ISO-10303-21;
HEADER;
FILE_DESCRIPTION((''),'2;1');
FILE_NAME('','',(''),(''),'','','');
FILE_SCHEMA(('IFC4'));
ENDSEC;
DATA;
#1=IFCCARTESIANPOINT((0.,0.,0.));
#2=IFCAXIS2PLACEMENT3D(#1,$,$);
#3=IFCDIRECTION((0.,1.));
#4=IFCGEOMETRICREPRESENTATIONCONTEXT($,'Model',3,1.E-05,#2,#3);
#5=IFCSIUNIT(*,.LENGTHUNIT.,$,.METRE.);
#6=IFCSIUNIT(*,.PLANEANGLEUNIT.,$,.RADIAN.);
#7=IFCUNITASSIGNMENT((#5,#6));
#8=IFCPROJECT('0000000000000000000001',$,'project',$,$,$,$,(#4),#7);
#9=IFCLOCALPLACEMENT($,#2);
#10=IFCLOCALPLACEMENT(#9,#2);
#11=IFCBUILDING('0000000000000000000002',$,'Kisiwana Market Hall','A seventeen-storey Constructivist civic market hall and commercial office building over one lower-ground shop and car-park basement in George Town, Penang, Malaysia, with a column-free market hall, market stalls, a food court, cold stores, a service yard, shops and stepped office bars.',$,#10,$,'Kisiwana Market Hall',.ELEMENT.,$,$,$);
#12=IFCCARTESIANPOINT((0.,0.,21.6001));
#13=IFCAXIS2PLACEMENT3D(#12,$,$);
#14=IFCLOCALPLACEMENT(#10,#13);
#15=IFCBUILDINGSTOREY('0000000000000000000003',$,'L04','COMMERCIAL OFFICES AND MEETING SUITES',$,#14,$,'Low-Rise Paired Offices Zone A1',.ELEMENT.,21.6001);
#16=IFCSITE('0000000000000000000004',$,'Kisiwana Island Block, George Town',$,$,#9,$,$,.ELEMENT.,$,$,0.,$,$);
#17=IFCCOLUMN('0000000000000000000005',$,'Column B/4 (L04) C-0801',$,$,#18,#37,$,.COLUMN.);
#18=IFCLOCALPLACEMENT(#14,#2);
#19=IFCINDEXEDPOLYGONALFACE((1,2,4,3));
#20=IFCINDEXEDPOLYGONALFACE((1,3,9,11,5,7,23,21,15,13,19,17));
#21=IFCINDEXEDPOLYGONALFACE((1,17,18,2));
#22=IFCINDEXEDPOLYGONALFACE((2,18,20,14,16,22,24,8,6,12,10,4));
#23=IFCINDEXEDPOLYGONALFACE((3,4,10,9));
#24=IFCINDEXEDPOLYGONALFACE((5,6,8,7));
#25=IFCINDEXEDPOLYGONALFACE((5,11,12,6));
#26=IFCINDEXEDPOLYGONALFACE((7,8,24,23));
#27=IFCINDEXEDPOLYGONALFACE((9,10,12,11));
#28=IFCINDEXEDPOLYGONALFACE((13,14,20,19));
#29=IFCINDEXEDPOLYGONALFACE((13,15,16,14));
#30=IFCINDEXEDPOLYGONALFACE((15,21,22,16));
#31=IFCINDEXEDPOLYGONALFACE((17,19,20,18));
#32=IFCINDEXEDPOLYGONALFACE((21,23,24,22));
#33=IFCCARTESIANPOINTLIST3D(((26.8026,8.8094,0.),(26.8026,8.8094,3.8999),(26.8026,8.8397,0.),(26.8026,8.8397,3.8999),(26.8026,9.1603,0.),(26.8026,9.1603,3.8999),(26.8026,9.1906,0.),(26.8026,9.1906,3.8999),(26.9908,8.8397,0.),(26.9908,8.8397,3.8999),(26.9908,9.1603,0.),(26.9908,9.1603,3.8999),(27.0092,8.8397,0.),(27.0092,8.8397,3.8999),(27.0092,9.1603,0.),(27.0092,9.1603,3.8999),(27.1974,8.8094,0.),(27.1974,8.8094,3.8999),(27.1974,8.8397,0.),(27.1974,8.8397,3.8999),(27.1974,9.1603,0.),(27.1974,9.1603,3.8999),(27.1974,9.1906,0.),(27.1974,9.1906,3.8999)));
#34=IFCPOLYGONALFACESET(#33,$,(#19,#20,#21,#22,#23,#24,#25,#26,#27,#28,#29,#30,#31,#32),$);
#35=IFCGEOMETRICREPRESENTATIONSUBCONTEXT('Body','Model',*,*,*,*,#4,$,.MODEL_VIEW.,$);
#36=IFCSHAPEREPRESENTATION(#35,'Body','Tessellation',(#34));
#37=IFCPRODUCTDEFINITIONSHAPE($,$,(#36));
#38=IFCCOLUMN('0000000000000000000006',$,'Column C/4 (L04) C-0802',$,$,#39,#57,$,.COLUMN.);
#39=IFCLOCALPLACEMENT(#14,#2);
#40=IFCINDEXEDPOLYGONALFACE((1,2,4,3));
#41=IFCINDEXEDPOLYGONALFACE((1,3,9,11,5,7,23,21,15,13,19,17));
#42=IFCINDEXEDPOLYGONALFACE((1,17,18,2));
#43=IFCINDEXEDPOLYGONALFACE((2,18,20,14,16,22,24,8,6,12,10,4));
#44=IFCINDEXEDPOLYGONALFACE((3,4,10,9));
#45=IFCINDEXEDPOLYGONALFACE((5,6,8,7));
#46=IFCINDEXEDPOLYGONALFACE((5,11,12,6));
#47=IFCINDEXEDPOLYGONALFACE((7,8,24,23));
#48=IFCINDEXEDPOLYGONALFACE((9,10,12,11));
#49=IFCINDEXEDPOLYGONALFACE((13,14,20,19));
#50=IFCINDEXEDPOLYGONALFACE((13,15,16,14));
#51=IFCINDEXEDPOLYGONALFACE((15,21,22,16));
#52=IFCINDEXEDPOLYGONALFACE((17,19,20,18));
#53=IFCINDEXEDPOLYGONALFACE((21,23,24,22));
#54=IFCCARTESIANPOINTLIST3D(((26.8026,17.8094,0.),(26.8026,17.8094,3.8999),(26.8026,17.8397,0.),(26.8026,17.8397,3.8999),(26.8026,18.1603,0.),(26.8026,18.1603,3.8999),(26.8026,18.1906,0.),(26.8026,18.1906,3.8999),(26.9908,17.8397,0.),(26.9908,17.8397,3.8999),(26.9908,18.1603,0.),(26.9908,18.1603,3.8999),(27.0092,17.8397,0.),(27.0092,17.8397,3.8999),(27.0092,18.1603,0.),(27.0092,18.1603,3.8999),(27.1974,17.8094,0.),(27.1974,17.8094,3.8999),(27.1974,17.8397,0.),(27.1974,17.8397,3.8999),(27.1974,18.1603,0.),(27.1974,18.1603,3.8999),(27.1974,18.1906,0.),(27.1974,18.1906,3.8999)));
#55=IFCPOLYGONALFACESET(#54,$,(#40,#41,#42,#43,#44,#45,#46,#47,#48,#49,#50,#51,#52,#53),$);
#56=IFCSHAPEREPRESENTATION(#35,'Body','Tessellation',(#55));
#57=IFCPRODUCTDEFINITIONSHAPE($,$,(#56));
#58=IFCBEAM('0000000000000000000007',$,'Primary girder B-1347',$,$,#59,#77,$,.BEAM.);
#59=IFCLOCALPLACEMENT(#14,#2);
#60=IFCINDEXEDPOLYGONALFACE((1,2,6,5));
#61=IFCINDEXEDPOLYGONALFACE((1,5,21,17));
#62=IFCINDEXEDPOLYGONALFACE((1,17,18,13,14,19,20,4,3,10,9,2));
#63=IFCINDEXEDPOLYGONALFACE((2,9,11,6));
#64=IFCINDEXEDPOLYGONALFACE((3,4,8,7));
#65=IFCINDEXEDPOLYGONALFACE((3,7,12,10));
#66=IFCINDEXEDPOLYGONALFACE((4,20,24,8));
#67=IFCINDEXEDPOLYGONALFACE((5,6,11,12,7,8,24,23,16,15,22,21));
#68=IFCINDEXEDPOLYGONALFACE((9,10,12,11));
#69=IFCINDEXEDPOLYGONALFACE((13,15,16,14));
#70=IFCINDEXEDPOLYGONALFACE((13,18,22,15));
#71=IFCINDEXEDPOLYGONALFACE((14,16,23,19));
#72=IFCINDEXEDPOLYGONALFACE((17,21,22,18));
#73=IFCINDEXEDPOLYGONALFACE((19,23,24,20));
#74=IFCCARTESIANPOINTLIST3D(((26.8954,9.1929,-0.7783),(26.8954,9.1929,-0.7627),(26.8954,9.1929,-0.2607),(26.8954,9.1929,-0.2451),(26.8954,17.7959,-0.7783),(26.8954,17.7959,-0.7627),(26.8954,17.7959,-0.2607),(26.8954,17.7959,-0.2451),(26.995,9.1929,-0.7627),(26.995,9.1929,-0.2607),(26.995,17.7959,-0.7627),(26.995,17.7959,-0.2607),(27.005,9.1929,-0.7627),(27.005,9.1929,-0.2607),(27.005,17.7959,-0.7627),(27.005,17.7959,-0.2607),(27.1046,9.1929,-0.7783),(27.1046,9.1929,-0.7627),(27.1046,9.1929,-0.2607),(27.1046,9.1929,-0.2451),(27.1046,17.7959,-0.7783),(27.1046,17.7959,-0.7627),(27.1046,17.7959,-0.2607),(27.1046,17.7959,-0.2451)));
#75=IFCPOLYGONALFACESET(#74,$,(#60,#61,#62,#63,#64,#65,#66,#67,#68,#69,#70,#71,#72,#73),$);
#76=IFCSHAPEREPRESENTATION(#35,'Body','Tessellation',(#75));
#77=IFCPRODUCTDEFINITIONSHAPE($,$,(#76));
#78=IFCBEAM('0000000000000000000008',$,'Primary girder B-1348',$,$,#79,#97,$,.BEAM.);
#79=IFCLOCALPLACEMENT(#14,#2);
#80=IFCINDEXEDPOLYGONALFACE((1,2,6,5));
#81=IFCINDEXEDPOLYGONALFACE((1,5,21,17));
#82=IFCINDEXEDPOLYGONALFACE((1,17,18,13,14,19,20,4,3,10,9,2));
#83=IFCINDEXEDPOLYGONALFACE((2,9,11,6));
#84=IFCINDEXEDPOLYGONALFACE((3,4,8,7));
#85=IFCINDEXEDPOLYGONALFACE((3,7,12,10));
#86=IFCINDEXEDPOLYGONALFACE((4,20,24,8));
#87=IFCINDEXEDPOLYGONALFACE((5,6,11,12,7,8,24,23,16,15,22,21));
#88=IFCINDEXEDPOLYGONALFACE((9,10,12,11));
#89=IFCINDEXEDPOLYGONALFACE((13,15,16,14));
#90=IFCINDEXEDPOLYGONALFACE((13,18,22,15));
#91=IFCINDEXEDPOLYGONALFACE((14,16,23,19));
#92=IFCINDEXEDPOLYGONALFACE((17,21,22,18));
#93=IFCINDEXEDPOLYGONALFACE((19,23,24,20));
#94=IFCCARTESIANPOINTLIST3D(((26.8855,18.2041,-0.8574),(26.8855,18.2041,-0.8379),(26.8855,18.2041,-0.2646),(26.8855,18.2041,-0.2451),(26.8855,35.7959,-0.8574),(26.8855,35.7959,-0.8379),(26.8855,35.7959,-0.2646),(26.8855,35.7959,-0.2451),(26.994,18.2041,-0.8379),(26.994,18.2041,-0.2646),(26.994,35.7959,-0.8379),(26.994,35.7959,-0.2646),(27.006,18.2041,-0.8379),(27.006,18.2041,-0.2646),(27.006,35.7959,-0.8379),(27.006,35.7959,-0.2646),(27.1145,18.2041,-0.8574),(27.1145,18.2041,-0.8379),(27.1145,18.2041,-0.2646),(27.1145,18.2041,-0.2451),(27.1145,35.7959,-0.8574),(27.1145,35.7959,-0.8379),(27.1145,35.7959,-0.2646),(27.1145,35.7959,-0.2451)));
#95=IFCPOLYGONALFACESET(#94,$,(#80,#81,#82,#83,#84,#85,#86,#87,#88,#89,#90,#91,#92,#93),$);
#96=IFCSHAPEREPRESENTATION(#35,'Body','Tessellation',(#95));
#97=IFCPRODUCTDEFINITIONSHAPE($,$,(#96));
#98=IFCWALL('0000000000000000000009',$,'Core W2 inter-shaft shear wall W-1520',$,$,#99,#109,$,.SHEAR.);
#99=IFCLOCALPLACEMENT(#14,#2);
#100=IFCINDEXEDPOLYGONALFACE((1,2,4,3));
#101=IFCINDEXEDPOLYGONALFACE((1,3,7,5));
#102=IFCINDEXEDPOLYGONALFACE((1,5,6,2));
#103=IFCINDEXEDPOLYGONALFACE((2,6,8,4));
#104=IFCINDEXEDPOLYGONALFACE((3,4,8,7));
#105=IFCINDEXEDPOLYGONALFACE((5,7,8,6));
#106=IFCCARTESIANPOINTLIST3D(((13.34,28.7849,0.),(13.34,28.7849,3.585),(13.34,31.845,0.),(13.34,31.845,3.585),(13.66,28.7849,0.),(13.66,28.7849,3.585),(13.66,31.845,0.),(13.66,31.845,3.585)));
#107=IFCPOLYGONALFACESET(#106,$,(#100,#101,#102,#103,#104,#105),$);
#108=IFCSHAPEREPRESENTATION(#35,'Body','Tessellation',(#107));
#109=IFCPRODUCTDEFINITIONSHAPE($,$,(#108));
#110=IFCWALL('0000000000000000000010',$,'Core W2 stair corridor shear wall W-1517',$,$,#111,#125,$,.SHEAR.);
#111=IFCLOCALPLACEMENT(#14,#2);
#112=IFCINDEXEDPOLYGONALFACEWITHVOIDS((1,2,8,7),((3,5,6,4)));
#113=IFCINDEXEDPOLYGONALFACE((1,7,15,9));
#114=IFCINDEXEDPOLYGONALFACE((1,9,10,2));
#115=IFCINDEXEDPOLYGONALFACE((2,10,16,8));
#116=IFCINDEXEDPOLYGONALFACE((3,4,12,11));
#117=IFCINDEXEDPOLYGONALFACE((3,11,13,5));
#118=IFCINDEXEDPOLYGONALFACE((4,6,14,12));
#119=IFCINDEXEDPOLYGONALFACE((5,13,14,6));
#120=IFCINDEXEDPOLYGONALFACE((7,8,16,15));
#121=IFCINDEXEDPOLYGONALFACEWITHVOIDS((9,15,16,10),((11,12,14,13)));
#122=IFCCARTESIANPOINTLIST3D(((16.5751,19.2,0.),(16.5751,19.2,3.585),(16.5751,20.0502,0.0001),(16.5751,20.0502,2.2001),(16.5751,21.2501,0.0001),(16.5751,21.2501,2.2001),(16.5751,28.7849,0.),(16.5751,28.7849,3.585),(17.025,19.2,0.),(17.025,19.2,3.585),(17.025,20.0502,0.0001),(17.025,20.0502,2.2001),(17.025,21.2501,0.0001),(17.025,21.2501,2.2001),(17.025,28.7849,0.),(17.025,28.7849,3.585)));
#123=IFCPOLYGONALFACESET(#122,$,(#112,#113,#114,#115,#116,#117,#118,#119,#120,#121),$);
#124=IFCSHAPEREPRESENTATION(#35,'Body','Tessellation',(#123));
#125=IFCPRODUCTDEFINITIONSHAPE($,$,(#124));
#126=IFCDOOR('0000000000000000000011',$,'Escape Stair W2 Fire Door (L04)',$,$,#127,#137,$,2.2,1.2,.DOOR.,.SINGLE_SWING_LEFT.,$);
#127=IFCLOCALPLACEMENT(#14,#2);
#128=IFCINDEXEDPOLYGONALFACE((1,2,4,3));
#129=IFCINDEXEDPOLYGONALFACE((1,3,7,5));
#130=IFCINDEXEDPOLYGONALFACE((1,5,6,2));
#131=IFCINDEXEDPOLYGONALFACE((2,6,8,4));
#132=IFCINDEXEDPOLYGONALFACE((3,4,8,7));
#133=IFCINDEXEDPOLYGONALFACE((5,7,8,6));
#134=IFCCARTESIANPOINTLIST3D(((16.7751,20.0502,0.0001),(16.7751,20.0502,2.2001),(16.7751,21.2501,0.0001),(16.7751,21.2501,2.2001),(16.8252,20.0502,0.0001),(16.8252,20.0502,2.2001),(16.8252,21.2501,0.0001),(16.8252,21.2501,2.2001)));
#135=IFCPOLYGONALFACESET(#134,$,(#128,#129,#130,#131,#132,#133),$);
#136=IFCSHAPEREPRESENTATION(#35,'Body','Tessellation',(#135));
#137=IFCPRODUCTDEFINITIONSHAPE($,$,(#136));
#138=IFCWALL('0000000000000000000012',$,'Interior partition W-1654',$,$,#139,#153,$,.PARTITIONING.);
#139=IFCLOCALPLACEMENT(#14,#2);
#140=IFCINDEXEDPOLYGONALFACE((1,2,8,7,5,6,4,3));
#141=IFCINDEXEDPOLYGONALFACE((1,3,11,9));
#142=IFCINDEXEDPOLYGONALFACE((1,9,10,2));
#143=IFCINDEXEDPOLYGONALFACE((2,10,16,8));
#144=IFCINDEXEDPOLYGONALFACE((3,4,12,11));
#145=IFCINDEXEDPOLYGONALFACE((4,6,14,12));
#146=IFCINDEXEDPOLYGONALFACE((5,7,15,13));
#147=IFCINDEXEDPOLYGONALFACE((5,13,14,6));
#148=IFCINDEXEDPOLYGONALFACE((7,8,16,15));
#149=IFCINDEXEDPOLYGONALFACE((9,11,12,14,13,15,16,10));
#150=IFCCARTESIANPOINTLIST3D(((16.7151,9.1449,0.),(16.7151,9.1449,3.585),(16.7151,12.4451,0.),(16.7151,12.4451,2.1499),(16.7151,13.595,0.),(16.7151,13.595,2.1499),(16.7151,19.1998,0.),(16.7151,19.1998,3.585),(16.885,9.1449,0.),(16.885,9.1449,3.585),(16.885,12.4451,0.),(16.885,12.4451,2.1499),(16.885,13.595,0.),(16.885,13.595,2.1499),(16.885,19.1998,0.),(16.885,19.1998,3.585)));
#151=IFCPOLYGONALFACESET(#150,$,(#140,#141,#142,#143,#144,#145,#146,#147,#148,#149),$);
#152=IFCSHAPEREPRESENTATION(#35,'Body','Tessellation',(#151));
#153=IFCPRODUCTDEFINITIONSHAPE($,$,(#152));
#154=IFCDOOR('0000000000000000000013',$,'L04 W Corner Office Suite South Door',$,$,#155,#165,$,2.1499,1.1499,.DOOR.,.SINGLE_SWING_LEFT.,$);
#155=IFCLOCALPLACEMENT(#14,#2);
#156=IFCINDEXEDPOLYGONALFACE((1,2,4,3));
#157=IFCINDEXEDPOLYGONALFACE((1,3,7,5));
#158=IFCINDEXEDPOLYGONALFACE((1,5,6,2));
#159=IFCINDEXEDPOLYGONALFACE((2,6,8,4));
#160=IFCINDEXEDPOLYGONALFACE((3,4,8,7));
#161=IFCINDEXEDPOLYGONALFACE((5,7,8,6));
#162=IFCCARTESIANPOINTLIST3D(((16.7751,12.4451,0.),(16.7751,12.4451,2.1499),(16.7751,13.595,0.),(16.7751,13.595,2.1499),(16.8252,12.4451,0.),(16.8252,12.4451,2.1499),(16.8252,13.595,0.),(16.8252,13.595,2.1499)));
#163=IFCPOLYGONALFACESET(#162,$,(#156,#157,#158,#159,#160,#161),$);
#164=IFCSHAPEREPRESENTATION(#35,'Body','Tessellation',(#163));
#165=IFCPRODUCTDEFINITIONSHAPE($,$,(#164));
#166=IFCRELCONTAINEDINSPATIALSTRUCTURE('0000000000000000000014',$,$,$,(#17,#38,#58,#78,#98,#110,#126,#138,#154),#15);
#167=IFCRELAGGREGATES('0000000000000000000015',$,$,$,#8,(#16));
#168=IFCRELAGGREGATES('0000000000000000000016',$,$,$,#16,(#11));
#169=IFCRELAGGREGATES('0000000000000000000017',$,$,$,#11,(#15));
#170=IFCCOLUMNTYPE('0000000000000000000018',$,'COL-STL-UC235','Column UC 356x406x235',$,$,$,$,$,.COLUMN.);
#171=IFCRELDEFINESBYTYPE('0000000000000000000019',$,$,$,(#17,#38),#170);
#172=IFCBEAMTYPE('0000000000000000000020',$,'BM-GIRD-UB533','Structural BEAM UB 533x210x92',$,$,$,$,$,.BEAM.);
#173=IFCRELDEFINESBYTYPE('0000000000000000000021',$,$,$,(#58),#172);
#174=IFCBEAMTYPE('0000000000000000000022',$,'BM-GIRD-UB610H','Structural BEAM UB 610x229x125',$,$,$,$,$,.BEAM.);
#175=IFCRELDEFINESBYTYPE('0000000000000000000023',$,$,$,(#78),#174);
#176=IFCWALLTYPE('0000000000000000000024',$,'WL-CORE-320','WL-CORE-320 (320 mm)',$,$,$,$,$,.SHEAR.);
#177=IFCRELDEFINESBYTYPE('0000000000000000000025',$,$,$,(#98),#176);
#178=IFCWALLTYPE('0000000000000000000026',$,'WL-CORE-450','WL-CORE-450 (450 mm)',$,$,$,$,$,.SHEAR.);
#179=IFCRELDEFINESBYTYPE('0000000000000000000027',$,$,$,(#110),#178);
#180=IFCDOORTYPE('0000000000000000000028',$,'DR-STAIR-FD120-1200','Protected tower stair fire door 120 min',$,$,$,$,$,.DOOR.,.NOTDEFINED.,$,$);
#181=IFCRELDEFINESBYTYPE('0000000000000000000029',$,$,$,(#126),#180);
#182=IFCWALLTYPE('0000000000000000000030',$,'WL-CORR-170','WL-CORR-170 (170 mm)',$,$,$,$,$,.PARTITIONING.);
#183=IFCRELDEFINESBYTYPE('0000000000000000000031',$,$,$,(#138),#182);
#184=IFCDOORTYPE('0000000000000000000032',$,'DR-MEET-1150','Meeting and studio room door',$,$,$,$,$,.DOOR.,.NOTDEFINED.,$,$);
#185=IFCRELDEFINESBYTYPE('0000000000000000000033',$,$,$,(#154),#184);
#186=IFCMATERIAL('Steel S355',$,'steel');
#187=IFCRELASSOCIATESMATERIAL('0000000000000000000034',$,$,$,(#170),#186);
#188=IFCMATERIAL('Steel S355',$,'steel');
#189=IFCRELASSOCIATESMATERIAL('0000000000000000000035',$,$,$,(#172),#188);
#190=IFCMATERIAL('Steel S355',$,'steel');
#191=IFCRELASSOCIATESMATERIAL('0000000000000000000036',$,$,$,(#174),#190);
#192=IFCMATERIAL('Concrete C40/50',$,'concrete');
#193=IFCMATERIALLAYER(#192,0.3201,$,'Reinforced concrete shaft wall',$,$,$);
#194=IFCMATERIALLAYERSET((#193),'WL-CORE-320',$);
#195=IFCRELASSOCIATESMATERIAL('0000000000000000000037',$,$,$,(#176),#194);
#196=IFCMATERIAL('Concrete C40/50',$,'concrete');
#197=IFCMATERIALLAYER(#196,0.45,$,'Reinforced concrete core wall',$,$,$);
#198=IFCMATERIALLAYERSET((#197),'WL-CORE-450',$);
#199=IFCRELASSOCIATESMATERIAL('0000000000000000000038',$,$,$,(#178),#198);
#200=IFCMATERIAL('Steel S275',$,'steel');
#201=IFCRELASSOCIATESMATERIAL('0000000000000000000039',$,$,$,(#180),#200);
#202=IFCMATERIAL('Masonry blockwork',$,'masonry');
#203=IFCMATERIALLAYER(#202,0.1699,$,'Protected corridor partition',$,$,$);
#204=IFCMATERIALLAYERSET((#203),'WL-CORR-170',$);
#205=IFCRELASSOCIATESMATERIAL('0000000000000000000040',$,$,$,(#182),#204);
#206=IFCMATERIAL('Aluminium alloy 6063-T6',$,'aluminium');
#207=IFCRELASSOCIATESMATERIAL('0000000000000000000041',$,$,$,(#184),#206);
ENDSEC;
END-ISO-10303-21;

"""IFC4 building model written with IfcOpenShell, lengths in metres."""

from ifc_helpers import new_model, si_unit, direction, frame, frame_2d, origin, origin_2d, place, context, subcontext, project, spatial, rectangle, i_section, extrude, material, layer, layer_set, material_profile, profile_set, type_object, element, fill, save


model = new_model("IFC4")

# Units and contexts
model_context = context("Model", 3, precision=1e-05, world=origin(), true_north=direction((0.0, 1.0)))
body_context = subcontext(model_context, "Body", "Model", "MODEL_VIEW")
ifc_project = project(units=[si_unit("LENGTHUNIT", "METRE"), si_unit("PLANEANGLEUNIT", "RADIAN")], contexts=[model_context])

# Site, building, storey
site_placement = place(None, origin())
site = spatial("IfcSite", under=ifc_project, at=site_placement, Name="Kisiwana Island Block, George Town", CompositionType="ELEMENT", RefElevation=0.0)
building_placement = place(site_placement, origin())
building = spatial("IfcBuilding", under=site, at=building_placement, Name="Kisiwana Market Hall", Description="A seventeen-storey Constructivist civic market hall and commercial office building over one lower-ground shop and car-park basement in George Town, Penang, Malaysia, with a column-free market hall, market stalls, a food court, cold stores, a service yard, shops and stepped office bars.", LongName="Kisiwana Market Hall", CompositionType="ELEMENT")
storey_placement = place(building_placement, frame((0.0, 0.0, 21.6001)))
storey = spatial("IfcBuildingStorey", under=building, at=storey_placement, Name="L04", Description="COMMERCIAL OFFICES AND MEETING SUITES", LongName="Low-Rise Paired Offices Zone A1", CompositionType="ELEMENT", Elevation=21.6001)

# Columns
ifc_material_1 = material(Name="Steel S355", Category="steel")
ifc_material_profile_1 = material_profile(ifc_material_1, i_section(OverallWidth=0.3948, OverallDepth=0.3811, WebThickness=0.0183, FlangeThickness=0.0303, at=origin_2d()), Name="UC 356x406x235")
ifc_profile_set_1 = profile_set([ifc_material_profile_1], Name="Steel S355")
column_type = type_object("IfcColumnType", Name="COL-STL-UC235", Description="Column UC 356x406x235", PredefinedType="COLUMN", material=ifc_profile_set_1)
for number, where, z_axis, x_axis, name in (
    (1, (27.0, 9.0, 0.0), (0.0, 0.0, 1.0), (1.0, 0.0, 0.0), "Column B/4 (L04) C-0801"),
    (2, (27.0, 18.0, 0.0), (0.0, 0.0, 1.0), (1.0, 0.0, 0.0), "Column C/4 (L04) C-0802"),
):
    element("IfcColumn", number, at=place(storey_placement, frame(where, z_axis=z_axis, x_axis=x_axis)), inside=storey, type_object=column_type, Name=name, PredefinedType="COLUMN", context=body_context, shape_type="SweptSolid", body=[
        extrude(i_section(OverallWidth=0.3948, OverallDepth=0.3811, WebThickness=0.0183, FlangeThickness=0.0303, at=origin_2d()), origin(), (0.0, 0.0, 1.0), 3.8999),
    ])

# Beams
ifc_material_2 = material(Name="Steel S355", Category="steel")
ifc_material_profile_2 = material_profile(ifc_material_2, i_section(OverallWidth=0.2092, OverallDepth=0.5332, WebThickness=0.01, FlangeThickness=0.0156, at=origin_2d()), Name="UB 533x210x92")
ifc_profile_set_2 = profile_set([ifc_material_profile_2], Name="Steel S355")
beam_type_1 = type_object("IfcBeamType", Name="BM-GIRD-UB533", Description="Structural BEAM UB 533x210x92", PredefinedType="BEAM", material=ifc_profile_set_2)
beam_1_placement = place(storey_placement, frame((27.0, 9.1929, -0.5117), z_axis=(0.0, 1.0, 0.0), x_axis=(-1.0, 0.0, 0.0)))
element("IfcBeam", 3, at=beam_1_placement, inside=storey, type_object=beam_type_1, Name="Primary girder B-1347", PredefinedType="BEAM", context=body_context, shape_type="SweptSolid", body=[
    extrude(i_section(OverallWidth=0.2092, OverallDepth=0.5332, WebThickness=0.01, FlangeThickness=0.0156, at=origin_2d()), origin(), (0.0, 0.0, 1.0), 8.603),
])
ifc_material_3 = material(Name="Steel S355", Category="steel")
ifc_material_profile_3 = material_profile(ifc_material_3, i_section(OverallWidth=0.229, OverallDepth=0.6123, WebThickness=0.012, FlangeThickness=0.0195, at=origin_2d()), Name="UB 610x229x125")
ifc_profile_set_3 = profile_set([ifc_material_profile_3], Name="Steel S355")
beam_type_2 = type_object("IfcBeamType", Name="BM-GIRD-UB610H", Description="Structural BEAM UB 610x229x125", PredefinedType="BEAM", material=ifc_profile_set_3)
beam_2_placement = place(storey_placement, frame((27.0, 18.2041, -0.5513), z_axis=(0.0, 1.0, 0.0), x_axis=(-1.0, 0.0, 0.0)))
element("IfcBeam", 4, at=beam_2_placement, inside=storey, type_object=beam_type_2, Name="Primary girder B-1348", PredefinedType="BEAM", context=body_context, shape_type="SweptSolid", body=[
    extrude(i_section(OverallWidth=0.229, OverallDepth=0.6123, WebThickness=0.012, FlangeThickness=0.0195, at=origin_2d()), origin(), (0.0, 0.0, 1.0), 17.5918),
])

# Wall
ifc_material_4 = material(Name="Concrete C40/50", Category="concrete")
ifc_layer_1 = layer(ifc_material_4, 0.3201, Name="Reinforced concrete shaft wall")
ifc_layer_set_1 = layer_set([ifc_layer_1], Name="WL-CORE-320")
wall_type_1 = type_object("IfcWallType", Name="WL-CORE-320", Description="WL-CORE-320 (320 mm)", PredefinedType="SHEAR", material=ifc_layer_set_1)
wall_1_placement = place(storey_placement, frame((13.5, 28.7849, 0.0), z_axis=(0.0, 0.0, 1.0), x_axis=(0.0, 1.0, 0.0)))
element("IfcWall", 5, at=wall_1_placement, inside=storey, type_object=wall_type_1, Name="Core W2 inter-shaft shear wall W-1520", PredefinedType="SHEAR", context=body_context, shape_type="SweptSolid", body=[
    extrude(rectangle(XDim=3.0601, YDim=0.3201, at=frame_2d((1.53, 0.0))), origin(), (0.0, 0.0, 1.0), 3.585),
])

# Walls, openings, doors
ifc_material_5 = material(Name="Concrete C40/50", Category="concrete")
ifc_layer_2 = layer(ifc_material_5, 0.45, Name="Reinforced concrete core wall")
ifc_layer_set_2 = layer_set([ifc_layer_2], Name="WL-CORE-450")
wall_type_2 = type_object("IfcWallType", Name="WL-CORE-450", Description="WL-CORE-450 (450 mm)", PredefinedType="SHEAR", material=ifc_layer_set_2)
wall_2_placement = place(storey_placement, frame((16.8, 19.2, 0.0), z_axis=(0.0, 0.0, 1.0), x_axis=(0.0, 1.0, 0.0)))
wall_2 = element("IfcWall", 6, at=wall_2_placement, inside=storey, type_object=wall_type_2, Name="Core W2 stair corridor shear wall W-1517", PredefinedType="SHEAR", context=body_context, shape_type="SweptSolid", body=[
    extrude(rectangle(XDim=9.585, YDim=0.45, at=frame_2d((4.7925, 0.0))), origin(), (0.0, 0.0, 1.0), 3.585),
])
opening_1_placement = place(wall_2_placement, frame((0.8501, 0.0, 0.0)))
opening_1 = element("IfcOpeningElement", 7, at=opening_1_placement, cuts=wall_2, PredefinedType="OPENING", context=body_context, shape_type="SweptSolid", body=[
    extrude(rectangle(XDim=1.2, YDim=2.2, at=frame_2d((0.6001, 1.1001))), frame((0.0, 0.2368, 0.0), z_axis=(0.0, -1.0, 0.0), x_axis=(1.0, 0.0, 0.0)), (0.0, 0.0, 1.0), 0.4739),
])
ifc_material_6 = material(Name="Steel S275", Category="steel")
door_type_1 = type_object("IfcDoorType", Name="DR-STAIR-FD120-1200", Description="Protected tower stair fire door 120 min", OperationType="NOTDEFINED", PredefinedType="DOOR", material=ifc_material_6)
door_1_placement = place(opening_1_placement, origin())
door_1 = element("IfcDoor", 8, at=door_1_placement, inside=storey, type_object=door_type_1, Name="Escape Stair W2 Fire Door (L04)", OperationType="SINGLE_SWING_LEFT", OverallHeight=2.2, OverallWidth=1.2, PredefinedType="DOOR", context=body_context, shape_type="SweptSolid", body=[
    extrude(rectangle(XDim=1.2, YDim=2.2, at=frame_2d((0.6001, 1.1001))), frame((0.0, 0.0249, 0.0), z_axis=(0.0, -1.0, 0.0), x_axis=(1.0, 0.0, 0.0)), (0.0, 0.0, 1.0), 0.05),
])
fill(opening_1, door_1)
ifc_material_7 = material(Name="Masonry blockwork", Category="masonry")
ifc_layer_3 = layer(ifc_material_7, 0.1699, Name="Protected corridor partition")
ifc_layer_set_3 = layer_set([ifc_layer_3], Name="WL-CORR-170")
wall_type_3 = type_object("IfcWallType", Name="WL-CORR-170", Description="WL-CORR-170 (170 mm)", PredefinedType="PARTITIONING", material=ifc_layer_set_3)
wall_3_placement = place(storey_placement, frame((16.8, 9.145, 0.0), z_axis=(0.0, 0.0, 1.0), x_axis=(0.0, 1.0, 0.0)))
wall_3 = element("IfcWall", 9, at=wall_3_placement, inside=storey, type_object=wall_type_3, Name="Interior partition W-1654", PredefinedType="PARTITIONING", context=body_context, shape_type="SweptSolid", body=[
    extrude(rectangle(XDim=10.0549, YDim=0.1699, at=frame_2d((5.0273, 0.0))), origin(), (0.0, 0.0, 1.0), 3.585),
])
opening_2_placement = place(wall_3_placement, frame((3.3, 0.0, 0.0)))
opening_2 = element("IfcOpeningElement", 10, at=opening_2_placement, cuts=wall_3, PredefinedType="OPENING", context=body_context, shape_type="SweptSolid", body=[
    extrude(rectangle(XDim=1.1499, YDim=2.1499, at=frame_2d((0.575, 1.075))), frame((0.0, 0.0969, 0.0), z_axis=(0.0, -1.0, 0.0), x_axis=(1.0, 0.0, 0.0)), (0.0, 0.0, 1.0), 0.1938),
])
ifc_material_8 = material(Name="Aluminium alloy 6063-T6", Category="aluminium")
door_type_2 = type_object("IfcDoorType", Name="DR-MEET-1150", Description="Meeting and studio room door", OperationType="NOTDEFINED", PredefinedType="DOOR", material=ifc_material_8)
door_2_placement = place(opening_2_placement, origin())
door_2 = element("IfcDoor", 11, at=door_2_placement, inside=storey, type_object=door_type_2, Name="L04 W Corner Office Suite South Door", OperationType="SINGLE_SWING_LEFT", OverallHeight=2.1499, OverallWidth=1.1499, PredefinedType="DOOR", context=body_context, shape_type="SweptSolid", body=[
    extrude(rectangle(XDim=1.1499, YDim=2.1499, at=frame_2d((0.575, 1.075))), frame((0.0, 0.0249, 0.0), z_axis=(0.0, -1.0, 0.0), x_axis=(1.0, 0.0, 0.0)), (0.0, 0.0, 1.0), 0.05),
])
fill(opening_2, door_2)

save(model, "model.ifc")
